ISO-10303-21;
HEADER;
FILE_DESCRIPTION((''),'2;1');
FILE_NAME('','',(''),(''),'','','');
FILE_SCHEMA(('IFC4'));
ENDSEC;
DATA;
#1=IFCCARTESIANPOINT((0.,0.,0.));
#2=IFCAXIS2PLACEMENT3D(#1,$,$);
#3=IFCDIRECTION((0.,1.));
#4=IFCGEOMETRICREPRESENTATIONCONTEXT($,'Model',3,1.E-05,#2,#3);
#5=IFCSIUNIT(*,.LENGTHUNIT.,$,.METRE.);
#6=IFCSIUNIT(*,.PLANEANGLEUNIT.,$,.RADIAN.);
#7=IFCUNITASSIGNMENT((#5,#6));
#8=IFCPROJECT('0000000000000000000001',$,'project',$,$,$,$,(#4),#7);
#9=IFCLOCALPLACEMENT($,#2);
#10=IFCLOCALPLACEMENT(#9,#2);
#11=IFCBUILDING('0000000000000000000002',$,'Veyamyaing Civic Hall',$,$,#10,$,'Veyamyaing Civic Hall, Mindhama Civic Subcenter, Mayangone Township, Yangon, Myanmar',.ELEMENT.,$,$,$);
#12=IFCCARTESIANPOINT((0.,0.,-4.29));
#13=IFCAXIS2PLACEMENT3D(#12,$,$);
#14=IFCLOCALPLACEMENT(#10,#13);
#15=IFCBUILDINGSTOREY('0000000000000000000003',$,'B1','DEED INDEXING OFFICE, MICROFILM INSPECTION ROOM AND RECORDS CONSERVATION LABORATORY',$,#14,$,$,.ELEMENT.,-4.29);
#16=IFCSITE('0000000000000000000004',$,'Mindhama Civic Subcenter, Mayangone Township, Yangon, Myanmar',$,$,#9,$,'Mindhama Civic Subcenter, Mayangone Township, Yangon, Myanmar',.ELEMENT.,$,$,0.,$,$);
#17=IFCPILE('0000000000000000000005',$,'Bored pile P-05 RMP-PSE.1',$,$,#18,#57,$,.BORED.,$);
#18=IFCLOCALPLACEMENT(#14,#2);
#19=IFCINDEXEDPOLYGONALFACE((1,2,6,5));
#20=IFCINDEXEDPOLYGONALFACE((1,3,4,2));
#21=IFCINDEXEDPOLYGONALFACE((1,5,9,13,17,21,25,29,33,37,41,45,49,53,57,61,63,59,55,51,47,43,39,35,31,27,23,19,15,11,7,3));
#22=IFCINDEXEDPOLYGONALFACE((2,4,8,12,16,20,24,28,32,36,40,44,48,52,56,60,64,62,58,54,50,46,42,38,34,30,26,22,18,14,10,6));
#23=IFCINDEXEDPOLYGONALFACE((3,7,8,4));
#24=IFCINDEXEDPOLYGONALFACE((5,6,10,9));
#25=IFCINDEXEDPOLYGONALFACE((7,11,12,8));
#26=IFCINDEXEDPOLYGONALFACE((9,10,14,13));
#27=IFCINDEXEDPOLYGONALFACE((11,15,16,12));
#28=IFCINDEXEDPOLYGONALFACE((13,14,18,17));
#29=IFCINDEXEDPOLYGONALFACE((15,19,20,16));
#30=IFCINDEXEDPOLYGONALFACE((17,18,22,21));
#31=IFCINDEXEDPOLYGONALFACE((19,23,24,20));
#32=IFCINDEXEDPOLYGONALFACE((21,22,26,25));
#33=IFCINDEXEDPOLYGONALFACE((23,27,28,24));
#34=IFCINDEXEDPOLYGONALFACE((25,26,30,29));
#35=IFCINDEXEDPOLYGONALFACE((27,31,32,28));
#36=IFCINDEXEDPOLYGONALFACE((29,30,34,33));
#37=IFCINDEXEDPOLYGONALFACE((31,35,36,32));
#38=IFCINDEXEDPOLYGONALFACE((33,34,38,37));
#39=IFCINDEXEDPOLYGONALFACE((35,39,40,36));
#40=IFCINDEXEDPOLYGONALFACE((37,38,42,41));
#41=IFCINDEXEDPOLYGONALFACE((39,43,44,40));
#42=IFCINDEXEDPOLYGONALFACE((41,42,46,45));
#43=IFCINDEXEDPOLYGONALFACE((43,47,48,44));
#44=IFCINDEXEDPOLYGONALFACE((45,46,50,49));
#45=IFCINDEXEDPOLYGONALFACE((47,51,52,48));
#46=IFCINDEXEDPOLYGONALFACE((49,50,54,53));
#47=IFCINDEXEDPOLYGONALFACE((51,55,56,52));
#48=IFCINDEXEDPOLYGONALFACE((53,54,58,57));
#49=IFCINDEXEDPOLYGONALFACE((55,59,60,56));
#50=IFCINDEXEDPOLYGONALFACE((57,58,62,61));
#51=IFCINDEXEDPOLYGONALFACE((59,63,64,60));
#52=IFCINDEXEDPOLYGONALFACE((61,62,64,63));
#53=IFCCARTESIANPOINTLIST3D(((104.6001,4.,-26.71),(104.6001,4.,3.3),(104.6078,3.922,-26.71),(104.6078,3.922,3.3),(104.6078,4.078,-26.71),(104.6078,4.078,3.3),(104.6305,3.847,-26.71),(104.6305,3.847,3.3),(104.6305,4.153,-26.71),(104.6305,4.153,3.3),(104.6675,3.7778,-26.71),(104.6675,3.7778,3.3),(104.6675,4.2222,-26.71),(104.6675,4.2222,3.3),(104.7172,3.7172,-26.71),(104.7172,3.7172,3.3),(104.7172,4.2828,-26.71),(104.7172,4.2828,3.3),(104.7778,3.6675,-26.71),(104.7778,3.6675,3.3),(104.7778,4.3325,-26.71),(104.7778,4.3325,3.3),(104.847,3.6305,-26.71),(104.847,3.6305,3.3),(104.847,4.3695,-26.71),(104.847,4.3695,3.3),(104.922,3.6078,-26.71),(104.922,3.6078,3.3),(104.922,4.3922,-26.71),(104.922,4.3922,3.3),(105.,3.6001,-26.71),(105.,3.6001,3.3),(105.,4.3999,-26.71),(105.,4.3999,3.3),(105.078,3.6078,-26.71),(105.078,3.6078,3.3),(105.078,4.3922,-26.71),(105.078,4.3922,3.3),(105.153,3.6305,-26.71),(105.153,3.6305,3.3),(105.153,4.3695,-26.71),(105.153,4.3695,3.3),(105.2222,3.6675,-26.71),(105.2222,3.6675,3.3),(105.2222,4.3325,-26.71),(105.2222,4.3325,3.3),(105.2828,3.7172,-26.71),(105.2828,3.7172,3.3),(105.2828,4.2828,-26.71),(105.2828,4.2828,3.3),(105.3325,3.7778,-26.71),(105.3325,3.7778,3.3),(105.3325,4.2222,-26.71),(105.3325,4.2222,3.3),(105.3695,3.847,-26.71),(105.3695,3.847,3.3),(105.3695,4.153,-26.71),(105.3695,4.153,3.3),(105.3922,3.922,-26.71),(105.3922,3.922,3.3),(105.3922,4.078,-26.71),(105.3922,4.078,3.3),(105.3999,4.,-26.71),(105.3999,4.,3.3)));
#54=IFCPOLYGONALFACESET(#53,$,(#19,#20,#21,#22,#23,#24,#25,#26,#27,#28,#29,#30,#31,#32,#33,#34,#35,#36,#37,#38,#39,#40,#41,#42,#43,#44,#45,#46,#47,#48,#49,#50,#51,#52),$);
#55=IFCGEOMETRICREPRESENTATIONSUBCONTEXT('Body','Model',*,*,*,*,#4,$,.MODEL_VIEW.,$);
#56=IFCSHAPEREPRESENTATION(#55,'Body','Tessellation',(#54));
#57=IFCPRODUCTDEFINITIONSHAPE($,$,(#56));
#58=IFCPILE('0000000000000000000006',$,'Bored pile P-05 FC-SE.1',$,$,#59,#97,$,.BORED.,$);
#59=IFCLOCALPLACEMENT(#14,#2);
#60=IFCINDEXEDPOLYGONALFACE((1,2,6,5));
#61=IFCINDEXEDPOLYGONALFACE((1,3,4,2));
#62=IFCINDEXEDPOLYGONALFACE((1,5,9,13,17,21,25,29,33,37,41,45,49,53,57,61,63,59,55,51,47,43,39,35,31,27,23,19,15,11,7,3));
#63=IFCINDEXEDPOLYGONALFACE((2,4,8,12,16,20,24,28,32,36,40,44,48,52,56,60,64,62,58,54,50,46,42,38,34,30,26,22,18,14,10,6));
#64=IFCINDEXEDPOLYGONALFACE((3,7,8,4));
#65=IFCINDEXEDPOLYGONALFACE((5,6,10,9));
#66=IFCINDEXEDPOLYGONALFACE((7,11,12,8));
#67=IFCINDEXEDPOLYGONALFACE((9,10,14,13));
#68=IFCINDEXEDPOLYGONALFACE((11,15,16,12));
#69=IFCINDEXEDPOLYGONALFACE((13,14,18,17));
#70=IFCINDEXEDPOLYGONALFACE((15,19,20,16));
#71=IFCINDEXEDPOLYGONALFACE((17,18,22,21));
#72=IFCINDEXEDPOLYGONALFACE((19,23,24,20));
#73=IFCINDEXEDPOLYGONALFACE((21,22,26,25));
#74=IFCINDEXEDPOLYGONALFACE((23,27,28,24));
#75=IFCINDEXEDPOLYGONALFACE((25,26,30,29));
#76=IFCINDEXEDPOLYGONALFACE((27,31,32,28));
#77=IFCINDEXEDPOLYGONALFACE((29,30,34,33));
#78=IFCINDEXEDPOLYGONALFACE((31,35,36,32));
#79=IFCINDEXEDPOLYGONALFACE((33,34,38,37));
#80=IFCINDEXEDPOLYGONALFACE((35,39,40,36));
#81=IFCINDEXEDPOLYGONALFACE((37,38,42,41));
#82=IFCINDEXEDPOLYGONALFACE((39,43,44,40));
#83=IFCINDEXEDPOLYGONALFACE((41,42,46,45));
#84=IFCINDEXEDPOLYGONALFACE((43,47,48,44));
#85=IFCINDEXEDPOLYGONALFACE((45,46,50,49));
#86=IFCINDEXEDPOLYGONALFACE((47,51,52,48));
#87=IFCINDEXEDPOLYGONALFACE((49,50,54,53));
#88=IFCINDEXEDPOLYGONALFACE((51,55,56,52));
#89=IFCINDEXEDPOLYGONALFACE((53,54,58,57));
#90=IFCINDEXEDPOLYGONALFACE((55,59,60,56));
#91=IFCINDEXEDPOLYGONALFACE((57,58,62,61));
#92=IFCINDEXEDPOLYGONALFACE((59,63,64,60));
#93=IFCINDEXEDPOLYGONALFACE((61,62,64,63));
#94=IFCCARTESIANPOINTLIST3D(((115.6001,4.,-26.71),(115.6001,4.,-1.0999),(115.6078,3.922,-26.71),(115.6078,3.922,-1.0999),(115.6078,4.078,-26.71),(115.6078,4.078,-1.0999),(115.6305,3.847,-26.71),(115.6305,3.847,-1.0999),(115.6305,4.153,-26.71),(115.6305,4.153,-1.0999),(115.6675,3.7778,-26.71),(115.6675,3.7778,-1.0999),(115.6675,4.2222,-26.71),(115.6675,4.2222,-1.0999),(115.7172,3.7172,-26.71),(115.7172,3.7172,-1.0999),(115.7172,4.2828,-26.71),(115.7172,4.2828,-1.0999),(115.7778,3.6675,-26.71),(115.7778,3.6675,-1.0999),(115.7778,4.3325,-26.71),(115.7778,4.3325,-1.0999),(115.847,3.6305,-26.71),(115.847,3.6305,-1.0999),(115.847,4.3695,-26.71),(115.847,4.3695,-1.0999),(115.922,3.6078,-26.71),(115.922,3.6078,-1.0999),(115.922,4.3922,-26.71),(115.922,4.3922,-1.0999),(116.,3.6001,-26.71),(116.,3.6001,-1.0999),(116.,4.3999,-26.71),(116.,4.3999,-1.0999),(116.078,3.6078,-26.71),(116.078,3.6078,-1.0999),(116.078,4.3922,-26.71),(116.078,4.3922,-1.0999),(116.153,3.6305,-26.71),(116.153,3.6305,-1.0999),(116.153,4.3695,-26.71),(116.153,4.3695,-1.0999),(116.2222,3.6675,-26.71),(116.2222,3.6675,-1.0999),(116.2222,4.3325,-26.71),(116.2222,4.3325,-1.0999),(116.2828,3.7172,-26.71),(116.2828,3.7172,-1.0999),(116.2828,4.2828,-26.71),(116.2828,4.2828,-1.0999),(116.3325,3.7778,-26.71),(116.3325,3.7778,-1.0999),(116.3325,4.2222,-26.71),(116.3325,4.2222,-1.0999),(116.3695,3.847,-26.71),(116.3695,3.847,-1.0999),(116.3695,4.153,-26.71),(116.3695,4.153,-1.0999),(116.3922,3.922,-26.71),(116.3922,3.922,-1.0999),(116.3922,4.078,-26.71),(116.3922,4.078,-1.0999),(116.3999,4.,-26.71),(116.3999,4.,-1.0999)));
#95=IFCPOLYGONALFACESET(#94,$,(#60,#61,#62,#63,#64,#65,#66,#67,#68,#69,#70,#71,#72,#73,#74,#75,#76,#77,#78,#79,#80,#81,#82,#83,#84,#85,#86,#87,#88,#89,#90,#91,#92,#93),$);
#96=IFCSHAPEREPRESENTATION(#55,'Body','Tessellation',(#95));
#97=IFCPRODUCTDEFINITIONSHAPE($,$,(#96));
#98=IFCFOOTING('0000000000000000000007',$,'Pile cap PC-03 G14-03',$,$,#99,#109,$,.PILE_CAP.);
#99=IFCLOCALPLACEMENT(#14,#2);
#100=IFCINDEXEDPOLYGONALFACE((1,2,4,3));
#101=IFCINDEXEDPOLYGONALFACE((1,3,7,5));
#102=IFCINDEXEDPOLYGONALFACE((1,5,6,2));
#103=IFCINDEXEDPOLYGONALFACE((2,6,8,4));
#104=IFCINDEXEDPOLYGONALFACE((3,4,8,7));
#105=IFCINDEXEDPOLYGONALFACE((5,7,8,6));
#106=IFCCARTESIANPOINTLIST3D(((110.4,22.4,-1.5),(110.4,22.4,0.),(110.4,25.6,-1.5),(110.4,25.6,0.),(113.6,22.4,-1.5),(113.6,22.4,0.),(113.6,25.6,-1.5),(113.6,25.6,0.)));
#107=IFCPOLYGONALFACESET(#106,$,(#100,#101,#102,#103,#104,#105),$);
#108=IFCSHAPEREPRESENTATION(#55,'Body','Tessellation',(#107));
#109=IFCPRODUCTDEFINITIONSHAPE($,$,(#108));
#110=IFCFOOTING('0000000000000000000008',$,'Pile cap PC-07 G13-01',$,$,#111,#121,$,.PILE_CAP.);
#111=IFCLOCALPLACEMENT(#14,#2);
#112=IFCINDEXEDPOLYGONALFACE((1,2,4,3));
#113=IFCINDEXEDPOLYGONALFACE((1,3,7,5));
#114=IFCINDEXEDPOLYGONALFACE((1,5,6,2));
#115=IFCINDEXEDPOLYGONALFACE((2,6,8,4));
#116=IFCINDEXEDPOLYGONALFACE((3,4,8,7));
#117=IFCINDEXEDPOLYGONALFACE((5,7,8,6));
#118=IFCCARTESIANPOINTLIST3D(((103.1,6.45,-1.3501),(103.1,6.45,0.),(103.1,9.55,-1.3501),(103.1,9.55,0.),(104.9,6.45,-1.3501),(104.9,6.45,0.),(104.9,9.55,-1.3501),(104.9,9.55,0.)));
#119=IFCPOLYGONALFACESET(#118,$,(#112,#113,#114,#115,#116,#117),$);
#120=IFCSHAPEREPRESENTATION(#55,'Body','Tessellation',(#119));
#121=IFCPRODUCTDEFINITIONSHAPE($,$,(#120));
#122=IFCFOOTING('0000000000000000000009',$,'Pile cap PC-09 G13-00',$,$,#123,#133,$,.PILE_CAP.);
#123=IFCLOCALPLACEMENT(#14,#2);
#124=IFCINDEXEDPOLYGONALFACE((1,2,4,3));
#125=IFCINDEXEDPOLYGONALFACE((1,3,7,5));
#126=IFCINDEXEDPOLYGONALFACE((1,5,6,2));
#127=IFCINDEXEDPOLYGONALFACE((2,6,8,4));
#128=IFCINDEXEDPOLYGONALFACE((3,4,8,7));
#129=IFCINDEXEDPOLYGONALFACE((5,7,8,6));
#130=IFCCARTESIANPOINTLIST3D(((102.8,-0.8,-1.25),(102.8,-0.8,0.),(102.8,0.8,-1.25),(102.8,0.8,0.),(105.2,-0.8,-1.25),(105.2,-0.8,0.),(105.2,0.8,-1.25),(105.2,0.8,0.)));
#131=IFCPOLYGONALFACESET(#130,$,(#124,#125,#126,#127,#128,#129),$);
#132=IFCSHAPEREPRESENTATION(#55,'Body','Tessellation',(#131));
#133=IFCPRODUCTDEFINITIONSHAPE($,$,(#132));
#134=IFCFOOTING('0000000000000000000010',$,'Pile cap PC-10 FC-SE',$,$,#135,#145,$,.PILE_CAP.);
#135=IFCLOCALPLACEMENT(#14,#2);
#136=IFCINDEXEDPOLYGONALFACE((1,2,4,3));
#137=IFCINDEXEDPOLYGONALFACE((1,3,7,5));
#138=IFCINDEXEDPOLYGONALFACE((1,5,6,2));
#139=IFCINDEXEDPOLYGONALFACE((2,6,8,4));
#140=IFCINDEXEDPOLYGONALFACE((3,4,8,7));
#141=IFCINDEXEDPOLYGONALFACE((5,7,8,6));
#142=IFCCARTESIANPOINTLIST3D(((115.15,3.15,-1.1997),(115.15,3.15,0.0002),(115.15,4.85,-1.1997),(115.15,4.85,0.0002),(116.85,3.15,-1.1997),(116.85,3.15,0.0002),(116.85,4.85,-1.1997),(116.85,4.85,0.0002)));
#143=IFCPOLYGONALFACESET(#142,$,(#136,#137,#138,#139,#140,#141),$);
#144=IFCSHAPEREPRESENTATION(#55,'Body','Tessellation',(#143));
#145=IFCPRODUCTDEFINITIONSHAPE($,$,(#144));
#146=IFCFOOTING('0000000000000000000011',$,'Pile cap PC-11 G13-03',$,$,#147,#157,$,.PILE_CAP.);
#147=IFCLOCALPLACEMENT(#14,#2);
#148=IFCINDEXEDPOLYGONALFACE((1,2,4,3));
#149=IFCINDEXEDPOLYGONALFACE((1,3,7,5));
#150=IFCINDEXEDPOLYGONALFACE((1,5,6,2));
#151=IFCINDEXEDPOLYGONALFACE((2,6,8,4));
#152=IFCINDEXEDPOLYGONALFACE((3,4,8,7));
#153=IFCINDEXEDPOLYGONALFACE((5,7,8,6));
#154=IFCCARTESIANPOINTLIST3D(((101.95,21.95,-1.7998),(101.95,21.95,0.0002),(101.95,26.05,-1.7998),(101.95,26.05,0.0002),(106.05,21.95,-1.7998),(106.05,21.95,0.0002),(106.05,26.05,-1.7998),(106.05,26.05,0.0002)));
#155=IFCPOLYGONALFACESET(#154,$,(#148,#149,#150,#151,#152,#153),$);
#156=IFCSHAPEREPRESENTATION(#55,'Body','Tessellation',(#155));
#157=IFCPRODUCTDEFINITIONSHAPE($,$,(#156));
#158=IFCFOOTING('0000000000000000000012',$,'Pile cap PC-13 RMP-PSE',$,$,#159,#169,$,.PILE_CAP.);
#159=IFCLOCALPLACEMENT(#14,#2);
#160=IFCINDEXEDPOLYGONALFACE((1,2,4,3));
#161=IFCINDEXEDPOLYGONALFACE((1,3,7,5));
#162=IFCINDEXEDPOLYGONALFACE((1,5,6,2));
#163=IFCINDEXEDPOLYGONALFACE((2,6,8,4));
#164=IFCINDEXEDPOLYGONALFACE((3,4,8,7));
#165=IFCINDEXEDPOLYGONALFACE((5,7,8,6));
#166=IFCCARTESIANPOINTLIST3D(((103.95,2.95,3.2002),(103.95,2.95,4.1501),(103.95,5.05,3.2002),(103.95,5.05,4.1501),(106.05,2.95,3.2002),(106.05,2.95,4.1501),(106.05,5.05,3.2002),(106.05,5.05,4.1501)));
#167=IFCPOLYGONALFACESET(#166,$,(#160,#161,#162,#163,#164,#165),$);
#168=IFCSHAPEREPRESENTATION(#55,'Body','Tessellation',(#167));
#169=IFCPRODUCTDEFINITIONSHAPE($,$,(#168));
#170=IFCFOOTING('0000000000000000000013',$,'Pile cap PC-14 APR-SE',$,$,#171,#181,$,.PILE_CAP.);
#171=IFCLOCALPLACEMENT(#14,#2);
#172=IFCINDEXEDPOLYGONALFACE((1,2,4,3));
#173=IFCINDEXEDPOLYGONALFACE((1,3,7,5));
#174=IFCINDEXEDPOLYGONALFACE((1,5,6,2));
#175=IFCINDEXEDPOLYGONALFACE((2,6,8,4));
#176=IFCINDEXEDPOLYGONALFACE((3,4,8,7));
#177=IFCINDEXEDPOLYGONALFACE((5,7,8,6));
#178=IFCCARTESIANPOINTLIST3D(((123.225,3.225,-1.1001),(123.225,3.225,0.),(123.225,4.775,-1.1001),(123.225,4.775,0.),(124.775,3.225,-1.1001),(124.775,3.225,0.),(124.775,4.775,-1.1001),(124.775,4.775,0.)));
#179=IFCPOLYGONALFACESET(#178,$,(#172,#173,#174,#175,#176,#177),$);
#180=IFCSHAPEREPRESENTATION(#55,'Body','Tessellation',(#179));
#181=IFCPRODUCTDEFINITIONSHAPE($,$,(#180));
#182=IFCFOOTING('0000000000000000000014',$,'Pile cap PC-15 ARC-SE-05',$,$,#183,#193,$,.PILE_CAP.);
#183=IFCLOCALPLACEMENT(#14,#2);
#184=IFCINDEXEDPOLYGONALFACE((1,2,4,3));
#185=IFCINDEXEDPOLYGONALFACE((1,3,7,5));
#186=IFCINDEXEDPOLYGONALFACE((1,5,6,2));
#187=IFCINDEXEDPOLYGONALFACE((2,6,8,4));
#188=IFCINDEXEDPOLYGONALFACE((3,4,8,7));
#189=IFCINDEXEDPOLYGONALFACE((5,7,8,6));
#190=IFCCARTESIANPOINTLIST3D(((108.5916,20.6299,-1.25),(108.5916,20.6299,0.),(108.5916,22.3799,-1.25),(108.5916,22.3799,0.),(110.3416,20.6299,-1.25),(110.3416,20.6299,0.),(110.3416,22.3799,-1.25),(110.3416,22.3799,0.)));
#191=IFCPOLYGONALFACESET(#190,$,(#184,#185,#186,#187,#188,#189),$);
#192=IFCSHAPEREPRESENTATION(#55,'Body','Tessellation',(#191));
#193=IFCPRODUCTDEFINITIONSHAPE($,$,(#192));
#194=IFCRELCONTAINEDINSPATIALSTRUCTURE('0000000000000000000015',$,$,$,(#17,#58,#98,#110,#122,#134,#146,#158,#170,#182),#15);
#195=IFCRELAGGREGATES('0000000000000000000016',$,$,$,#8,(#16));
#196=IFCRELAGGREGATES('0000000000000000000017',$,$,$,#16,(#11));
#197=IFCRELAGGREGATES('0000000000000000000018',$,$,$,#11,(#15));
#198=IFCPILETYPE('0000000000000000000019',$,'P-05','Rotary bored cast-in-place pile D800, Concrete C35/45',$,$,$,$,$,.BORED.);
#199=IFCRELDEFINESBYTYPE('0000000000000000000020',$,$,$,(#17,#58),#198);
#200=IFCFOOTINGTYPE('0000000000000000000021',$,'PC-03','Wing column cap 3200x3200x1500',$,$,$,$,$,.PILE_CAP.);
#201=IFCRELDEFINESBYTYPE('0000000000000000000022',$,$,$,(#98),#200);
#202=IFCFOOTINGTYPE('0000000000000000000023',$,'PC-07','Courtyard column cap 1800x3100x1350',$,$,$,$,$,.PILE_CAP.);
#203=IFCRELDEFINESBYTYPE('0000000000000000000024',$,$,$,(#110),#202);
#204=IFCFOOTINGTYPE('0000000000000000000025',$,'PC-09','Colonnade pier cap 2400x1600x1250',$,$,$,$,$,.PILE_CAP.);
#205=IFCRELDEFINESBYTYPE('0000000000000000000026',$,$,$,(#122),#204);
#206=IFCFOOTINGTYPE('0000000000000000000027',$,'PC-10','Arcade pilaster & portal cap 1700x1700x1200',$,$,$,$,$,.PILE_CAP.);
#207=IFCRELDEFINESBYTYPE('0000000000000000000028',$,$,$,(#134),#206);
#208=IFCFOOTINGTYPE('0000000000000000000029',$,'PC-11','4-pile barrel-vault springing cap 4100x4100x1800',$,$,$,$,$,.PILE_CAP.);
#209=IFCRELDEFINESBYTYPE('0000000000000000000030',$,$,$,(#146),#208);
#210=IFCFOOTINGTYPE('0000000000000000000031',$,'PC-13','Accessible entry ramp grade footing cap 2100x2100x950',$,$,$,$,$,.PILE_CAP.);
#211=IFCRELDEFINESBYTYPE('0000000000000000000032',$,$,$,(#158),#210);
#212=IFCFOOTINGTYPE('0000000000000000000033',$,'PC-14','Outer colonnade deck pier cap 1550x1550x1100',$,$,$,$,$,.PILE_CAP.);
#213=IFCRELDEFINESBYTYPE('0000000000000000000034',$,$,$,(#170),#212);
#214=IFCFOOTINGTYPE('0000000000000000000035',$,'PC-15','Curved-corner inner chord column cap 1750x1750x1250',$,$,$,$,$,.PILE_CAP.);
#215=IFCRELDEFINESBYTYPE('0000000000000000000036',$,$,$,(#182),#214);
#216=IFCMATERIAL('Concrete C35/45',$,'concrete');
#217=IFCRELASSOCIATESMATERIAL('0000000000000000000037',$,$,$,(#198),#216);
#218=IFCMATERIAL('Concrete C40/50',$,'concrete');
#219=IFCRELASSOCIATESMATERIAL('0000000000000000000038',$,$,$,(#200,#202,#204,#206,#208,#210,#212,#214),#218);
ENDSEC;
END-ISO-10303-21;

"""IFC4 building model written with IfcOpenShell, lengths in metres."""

from ifc_helpers import new_model, si_unit, direction, frame, origin, origin_2d, place, context, subcontext, project, spatial, rectangle, circle, extrude, material, material_profile, profile_set, type_object, element, save


model = new_model("IFC4")

# Units and contexts
model_context = context("Model", 3, precision=1e-05, world=origin(), true_north=direction((0.0, 1.0)))
body_context = subcontext(model_context, "Body", "Model", "MODEL_VIEW")
ifc_project = project(units=[si_unit("LENGTHUNIT", "METRE"), si_unit("PLANEANGLEUNIT", "RADIAN")], contexts=[model_context])

# Site, building, storey
site_placement = place(None, origin())
site = spatial("IfcSite", under=ifc_project, at=site_placement, Name="Mindhama Civic Subcenter, Mayangone Township, Yangon, Myanmar", LongName="Mindhama Civic Subcenter, Mayangone Township, Yangon, Myanmar", CompositionType="ELEMENT", RefElevation=0.0)
building_placement = place(site_placement, origin())
building = spatial("IfcBuilding", under=site, at=building_placement, Name="Veyamyaing Civic Hall", LongName="Veyamyaing Civic Hall, Mindhama Civic Subcenter, Mayangone Township, Yangon, Myanmar", CompositionType="ELEMENT")
storey_placement = place(building_placement, frame((0.0, 0.0, -4.29)))
storey = spatial("IfcBuildingStorey", under=building, at=storey_placement, Name="B1", Description="DEED INDEXING OFFICE, MICROFILM INSPECTION ROOM AND RECORDS CONSERVATION LABORATORY", CompositionType="ELEMENT", Elevation=-4.29)

# Shared definitions
ifc_material_1 = material(Name="Concrete C40/50", Category="concrete")

# Piles
ifc_material_2 = material(Name="Concrete C35/45", Category="concrete")
ifc_material_profile_1 = material_profile(ifc_material_2, circle(Radius=0.3999, at=origin_2d()), Name="PILE-D800")
ifc_profile_set_1 = profile_set([ifc_material_profile_1], Name="Concrete C35/45")
pile_type_1 = type_object("IfcPileType", Name="P-05", Description="Rotary bored cast-in-place pile D800, Concrete C35/45", PredefinedType="BORED", material=ifc_profile_set_1)
pile_1_placement = place(storey_placement, frame((105.0, 4.0, 3.3), z_axis=(0.0, 0.0, -1.0), x_axis=(1.0, 0.0, 0.0)))
element("IfcPile", 1, at=pile_1_placement, inside=storey, type_object=pile_type_1, Name="Bored pile P-05 RMP-PSE.1", PredefinedType="BORED", context=body_context, shape_type="SweptSolid", body=[
    extrude(circle(Radius=0.3999, at=origin_2d()), origin(), (0.0, 0.0, 1.0), 30.01),
])
pile_2_placement = place(storey_placement, frame((116.0, 4.0, -1.0999), z_axis=(0.0, 0.0, -1.0), x_axis=(1.0, 0.0, 0.0)))
element("IfcPile", 2, at=pile_2_placement, inside=storey, type_object=pile_type_1, Name="Bored pile P-05 FC-SE.1", PredefinedType="BORED", context=body_context, shape_type="SweptSolid", body=[
    extrude(circle(Radius=0.3999, at=origin_2d()), origin(), (0.0, 0.0, 1.0), 25.6101),
])

# Footings
footing_type_1 = type_object("IfcFootingType", Name="PC-03", Description="Wing column cap 3200x3200x1500", PredefinedType="PILE_CAP", material=ifc_material_1)
footing_1_placement = place(storey_placement, frame((112.0, 24.0, -1.5), z_axis=(0.0, 0.0, 1.0), x_axis=(1.0, 0.0, 0.0)))
element("IfcFooting", 3, at=footing_1_placement, inside=storey, type_object=footing_type_1, Name="Pile cap PC-03 G14-03", PredefinedType="PILE_CAP", context=body_context, shape_type="SweptSolid", body=[
    extrude(rectangle(XDim=3.2, YDim=3.2, at=origin_2d()), origin(), (0.0, 0.0, 1.0), 1.5),
])
footing_type_2 = type_object("IfcFootingType", Name="PC-07", Description="Courtyard column cap 1800x3100x1350", PredefinedType="PILE_CAP", material=ifc_material_1)
footing_2_placement = place(storey_placement, frame((104.0, 8.0, -1.3501), z_axis=(0.0, 0.0, 1.0), x_axis=(1.0, 0.0, 0.0)))
element("IfcFooting", 4, at=footing_2_placement, inside=storey, type_object=footing_type_2, Name="Pile cap PC-07 G13-01", PredefinedType="PILE_CAP", context=body_context, shape_type="SweptSolid", body=[
    extrude(rectangle(XDim=1.8, YDim=3.1001, at=origin_2d()), origin(), (0.0, 0.0, 1.0), 1.3501),
])
footing_type_3 = type_object("IfcFootingType", Name="PC-09", Description="Colonnade pier cap 2400x1600x1250", PredefinedType="PILE_CAP", material=ifc_material_1)
footing_3_placement = place(storey_placement, frame((104.0, 0.0, -1.25), z_axis=(0.0, 0.0, 1.0), x_axis=(1.0, 0.0, 0.0)))
element("IfcFooting", 5, at=footing_3_placement, inside=storey, type_object=footing_type_3, Name="Pile cap PC-09 G13-00", PredefinedType="PILE_CAP", context=body_context, shape_type="SweptSolid", body=[
    extrude(rectangle(XDim=2.3999, YDim=1.6001, at=origin_2d()), origin(), (0.0, 0.0, 1.0), 1.25),
])
footing_type_4 = type_object("IfcFootingType", Name="PC-10", Description="Arcade pilaster & portal cap 1700x1700x1200", PredefinedType="PILE_CAP", material=ifc_material_1)
footing_4_placement = place(storey_placement, frame((116.0, 4.0, -1.1997), z_axis=(0.0, 0.0, 1.0), x_axis=(1.0, 0.0, 0.0)))
element("IfcFooting", 6, at=footing_4_placement, inside=storey, type_object=footing_type_4, Name="Pile cap PC-10 FC-SE", PredefinedType="PILE_CAP", context=body_context, shape_type="SweptSolid", body=[
    extrude(rectangle(XDim=1.7, YDim=1.7, at=origin_2d()), origin(), (0.0, 0.0, 1.0), 1.2),
])
footing_type_5 = type_object("IfcFootingType", Name="PC-11", Description="4-pile barrel-vault springing cap 4100x4100x1800", PredefinedType="PILE_CAP", material=ifc_material_1)
footing_5_placement = place(storey_placement, frame((104.0, 24.0, -1.7998), z_axis=(0.0, 0.0, 1.0), x_axis=(1.0, 0.0, 0.0)))
element("IfcFooting", 7, at=footing_5_placement, inside=storey, type_object=footing_type_5, Name="Pile cap PC-11 G13-03", PredefinedType="PILE_CAP", context=body_context, shape_type="SweptSolid", body=[
    extrude(rectangle(XDim=4.1001, YDim=4.1001, at=origin_2d()), origin(), (0.0, 0.0, 1.0), 1.8),
])
footing_type_6 = type_object("IfcFootingType", Name="PC-13", Description="Accessible entry ramp grade footing cap 2100x2100x950", PredefinedType="PILE_CAP", material=ifc_material_1)
footing_6_placement = place(storey_placement, frame((105.0, 4.0, 3.2002), z_axis=(0.0, 0.0, 1.0), x_axis=(1.0, 0.0, 0.0)))
element("IfcFooting", 8, at=footing_6_placement, inside=storey, type_object=footing_type_6, Name="Pile cap PC-13 RMP-PSE", PredefinedType="PILE_CAP", context=body_context, shape_type="SweptSolid", body=[
    extrude(rectangle(XDim=2.1001, YDim=2.1001, at=origin_2d()), origin(), (0.0, 0.0, 1.0), 0.95),
])
footing_type_7 = type_object("IfcFootingType", Name="PC-14", Description="Outer colonnade deck pier cap 1550x1550x1100", PredefinedType="PILE_CAP", material=ifc_material_1)
footing_7_placement = place(storey_placement, frame((124.0, 4.0, -1.1001), z_axis=(0.0, 0.0, 1.0), x_axis=(1.0, 0.0, 0.0)))
element("IfcFooting", 9, at=footing_7_placement, inside=storey, type_object=footing_type_7, Name="Pile cap PC-14 APR-SE", PredefinedType="PILE_CAP", context=body_context, shape_type="SweptSolid", body=[
    extrude(rectangle(XDim=1.55, YDim=1.55, at=origin_2d()), origin(), (0.0, 0.0, 1.0), 1.1001),
])
footing_type_8 = type_object("IfcFootingType", Name="PC-15", Description="Curved-corner inner chord column cap 1750x1750x1250", PredefinedType="PILE_CAP", material=ifc_material_1)
footing_8_placement = place(storey_placement, frame((109.4666, 21.5049, -1.25), z_axis=(0.0, 0.0, 1.0), x_axis=(1.0, 0.0, 0.0)))
element("IfcFooting", 10, at=footing_8_placement, inside=storey, type_object=footing_type_8, Name="Pile cap PC-15 ARC-SE-05", PredefinedType="PILE_CAP", context=body_context, shape_type="SweptSolid", body=[
    extrude(rectangle(XDim=1.75, YDim=1.75, at=origin_2d()), origin(), (0.0, 0.0, 1.0), 1.25),
])

save(model, "model.ifc")
